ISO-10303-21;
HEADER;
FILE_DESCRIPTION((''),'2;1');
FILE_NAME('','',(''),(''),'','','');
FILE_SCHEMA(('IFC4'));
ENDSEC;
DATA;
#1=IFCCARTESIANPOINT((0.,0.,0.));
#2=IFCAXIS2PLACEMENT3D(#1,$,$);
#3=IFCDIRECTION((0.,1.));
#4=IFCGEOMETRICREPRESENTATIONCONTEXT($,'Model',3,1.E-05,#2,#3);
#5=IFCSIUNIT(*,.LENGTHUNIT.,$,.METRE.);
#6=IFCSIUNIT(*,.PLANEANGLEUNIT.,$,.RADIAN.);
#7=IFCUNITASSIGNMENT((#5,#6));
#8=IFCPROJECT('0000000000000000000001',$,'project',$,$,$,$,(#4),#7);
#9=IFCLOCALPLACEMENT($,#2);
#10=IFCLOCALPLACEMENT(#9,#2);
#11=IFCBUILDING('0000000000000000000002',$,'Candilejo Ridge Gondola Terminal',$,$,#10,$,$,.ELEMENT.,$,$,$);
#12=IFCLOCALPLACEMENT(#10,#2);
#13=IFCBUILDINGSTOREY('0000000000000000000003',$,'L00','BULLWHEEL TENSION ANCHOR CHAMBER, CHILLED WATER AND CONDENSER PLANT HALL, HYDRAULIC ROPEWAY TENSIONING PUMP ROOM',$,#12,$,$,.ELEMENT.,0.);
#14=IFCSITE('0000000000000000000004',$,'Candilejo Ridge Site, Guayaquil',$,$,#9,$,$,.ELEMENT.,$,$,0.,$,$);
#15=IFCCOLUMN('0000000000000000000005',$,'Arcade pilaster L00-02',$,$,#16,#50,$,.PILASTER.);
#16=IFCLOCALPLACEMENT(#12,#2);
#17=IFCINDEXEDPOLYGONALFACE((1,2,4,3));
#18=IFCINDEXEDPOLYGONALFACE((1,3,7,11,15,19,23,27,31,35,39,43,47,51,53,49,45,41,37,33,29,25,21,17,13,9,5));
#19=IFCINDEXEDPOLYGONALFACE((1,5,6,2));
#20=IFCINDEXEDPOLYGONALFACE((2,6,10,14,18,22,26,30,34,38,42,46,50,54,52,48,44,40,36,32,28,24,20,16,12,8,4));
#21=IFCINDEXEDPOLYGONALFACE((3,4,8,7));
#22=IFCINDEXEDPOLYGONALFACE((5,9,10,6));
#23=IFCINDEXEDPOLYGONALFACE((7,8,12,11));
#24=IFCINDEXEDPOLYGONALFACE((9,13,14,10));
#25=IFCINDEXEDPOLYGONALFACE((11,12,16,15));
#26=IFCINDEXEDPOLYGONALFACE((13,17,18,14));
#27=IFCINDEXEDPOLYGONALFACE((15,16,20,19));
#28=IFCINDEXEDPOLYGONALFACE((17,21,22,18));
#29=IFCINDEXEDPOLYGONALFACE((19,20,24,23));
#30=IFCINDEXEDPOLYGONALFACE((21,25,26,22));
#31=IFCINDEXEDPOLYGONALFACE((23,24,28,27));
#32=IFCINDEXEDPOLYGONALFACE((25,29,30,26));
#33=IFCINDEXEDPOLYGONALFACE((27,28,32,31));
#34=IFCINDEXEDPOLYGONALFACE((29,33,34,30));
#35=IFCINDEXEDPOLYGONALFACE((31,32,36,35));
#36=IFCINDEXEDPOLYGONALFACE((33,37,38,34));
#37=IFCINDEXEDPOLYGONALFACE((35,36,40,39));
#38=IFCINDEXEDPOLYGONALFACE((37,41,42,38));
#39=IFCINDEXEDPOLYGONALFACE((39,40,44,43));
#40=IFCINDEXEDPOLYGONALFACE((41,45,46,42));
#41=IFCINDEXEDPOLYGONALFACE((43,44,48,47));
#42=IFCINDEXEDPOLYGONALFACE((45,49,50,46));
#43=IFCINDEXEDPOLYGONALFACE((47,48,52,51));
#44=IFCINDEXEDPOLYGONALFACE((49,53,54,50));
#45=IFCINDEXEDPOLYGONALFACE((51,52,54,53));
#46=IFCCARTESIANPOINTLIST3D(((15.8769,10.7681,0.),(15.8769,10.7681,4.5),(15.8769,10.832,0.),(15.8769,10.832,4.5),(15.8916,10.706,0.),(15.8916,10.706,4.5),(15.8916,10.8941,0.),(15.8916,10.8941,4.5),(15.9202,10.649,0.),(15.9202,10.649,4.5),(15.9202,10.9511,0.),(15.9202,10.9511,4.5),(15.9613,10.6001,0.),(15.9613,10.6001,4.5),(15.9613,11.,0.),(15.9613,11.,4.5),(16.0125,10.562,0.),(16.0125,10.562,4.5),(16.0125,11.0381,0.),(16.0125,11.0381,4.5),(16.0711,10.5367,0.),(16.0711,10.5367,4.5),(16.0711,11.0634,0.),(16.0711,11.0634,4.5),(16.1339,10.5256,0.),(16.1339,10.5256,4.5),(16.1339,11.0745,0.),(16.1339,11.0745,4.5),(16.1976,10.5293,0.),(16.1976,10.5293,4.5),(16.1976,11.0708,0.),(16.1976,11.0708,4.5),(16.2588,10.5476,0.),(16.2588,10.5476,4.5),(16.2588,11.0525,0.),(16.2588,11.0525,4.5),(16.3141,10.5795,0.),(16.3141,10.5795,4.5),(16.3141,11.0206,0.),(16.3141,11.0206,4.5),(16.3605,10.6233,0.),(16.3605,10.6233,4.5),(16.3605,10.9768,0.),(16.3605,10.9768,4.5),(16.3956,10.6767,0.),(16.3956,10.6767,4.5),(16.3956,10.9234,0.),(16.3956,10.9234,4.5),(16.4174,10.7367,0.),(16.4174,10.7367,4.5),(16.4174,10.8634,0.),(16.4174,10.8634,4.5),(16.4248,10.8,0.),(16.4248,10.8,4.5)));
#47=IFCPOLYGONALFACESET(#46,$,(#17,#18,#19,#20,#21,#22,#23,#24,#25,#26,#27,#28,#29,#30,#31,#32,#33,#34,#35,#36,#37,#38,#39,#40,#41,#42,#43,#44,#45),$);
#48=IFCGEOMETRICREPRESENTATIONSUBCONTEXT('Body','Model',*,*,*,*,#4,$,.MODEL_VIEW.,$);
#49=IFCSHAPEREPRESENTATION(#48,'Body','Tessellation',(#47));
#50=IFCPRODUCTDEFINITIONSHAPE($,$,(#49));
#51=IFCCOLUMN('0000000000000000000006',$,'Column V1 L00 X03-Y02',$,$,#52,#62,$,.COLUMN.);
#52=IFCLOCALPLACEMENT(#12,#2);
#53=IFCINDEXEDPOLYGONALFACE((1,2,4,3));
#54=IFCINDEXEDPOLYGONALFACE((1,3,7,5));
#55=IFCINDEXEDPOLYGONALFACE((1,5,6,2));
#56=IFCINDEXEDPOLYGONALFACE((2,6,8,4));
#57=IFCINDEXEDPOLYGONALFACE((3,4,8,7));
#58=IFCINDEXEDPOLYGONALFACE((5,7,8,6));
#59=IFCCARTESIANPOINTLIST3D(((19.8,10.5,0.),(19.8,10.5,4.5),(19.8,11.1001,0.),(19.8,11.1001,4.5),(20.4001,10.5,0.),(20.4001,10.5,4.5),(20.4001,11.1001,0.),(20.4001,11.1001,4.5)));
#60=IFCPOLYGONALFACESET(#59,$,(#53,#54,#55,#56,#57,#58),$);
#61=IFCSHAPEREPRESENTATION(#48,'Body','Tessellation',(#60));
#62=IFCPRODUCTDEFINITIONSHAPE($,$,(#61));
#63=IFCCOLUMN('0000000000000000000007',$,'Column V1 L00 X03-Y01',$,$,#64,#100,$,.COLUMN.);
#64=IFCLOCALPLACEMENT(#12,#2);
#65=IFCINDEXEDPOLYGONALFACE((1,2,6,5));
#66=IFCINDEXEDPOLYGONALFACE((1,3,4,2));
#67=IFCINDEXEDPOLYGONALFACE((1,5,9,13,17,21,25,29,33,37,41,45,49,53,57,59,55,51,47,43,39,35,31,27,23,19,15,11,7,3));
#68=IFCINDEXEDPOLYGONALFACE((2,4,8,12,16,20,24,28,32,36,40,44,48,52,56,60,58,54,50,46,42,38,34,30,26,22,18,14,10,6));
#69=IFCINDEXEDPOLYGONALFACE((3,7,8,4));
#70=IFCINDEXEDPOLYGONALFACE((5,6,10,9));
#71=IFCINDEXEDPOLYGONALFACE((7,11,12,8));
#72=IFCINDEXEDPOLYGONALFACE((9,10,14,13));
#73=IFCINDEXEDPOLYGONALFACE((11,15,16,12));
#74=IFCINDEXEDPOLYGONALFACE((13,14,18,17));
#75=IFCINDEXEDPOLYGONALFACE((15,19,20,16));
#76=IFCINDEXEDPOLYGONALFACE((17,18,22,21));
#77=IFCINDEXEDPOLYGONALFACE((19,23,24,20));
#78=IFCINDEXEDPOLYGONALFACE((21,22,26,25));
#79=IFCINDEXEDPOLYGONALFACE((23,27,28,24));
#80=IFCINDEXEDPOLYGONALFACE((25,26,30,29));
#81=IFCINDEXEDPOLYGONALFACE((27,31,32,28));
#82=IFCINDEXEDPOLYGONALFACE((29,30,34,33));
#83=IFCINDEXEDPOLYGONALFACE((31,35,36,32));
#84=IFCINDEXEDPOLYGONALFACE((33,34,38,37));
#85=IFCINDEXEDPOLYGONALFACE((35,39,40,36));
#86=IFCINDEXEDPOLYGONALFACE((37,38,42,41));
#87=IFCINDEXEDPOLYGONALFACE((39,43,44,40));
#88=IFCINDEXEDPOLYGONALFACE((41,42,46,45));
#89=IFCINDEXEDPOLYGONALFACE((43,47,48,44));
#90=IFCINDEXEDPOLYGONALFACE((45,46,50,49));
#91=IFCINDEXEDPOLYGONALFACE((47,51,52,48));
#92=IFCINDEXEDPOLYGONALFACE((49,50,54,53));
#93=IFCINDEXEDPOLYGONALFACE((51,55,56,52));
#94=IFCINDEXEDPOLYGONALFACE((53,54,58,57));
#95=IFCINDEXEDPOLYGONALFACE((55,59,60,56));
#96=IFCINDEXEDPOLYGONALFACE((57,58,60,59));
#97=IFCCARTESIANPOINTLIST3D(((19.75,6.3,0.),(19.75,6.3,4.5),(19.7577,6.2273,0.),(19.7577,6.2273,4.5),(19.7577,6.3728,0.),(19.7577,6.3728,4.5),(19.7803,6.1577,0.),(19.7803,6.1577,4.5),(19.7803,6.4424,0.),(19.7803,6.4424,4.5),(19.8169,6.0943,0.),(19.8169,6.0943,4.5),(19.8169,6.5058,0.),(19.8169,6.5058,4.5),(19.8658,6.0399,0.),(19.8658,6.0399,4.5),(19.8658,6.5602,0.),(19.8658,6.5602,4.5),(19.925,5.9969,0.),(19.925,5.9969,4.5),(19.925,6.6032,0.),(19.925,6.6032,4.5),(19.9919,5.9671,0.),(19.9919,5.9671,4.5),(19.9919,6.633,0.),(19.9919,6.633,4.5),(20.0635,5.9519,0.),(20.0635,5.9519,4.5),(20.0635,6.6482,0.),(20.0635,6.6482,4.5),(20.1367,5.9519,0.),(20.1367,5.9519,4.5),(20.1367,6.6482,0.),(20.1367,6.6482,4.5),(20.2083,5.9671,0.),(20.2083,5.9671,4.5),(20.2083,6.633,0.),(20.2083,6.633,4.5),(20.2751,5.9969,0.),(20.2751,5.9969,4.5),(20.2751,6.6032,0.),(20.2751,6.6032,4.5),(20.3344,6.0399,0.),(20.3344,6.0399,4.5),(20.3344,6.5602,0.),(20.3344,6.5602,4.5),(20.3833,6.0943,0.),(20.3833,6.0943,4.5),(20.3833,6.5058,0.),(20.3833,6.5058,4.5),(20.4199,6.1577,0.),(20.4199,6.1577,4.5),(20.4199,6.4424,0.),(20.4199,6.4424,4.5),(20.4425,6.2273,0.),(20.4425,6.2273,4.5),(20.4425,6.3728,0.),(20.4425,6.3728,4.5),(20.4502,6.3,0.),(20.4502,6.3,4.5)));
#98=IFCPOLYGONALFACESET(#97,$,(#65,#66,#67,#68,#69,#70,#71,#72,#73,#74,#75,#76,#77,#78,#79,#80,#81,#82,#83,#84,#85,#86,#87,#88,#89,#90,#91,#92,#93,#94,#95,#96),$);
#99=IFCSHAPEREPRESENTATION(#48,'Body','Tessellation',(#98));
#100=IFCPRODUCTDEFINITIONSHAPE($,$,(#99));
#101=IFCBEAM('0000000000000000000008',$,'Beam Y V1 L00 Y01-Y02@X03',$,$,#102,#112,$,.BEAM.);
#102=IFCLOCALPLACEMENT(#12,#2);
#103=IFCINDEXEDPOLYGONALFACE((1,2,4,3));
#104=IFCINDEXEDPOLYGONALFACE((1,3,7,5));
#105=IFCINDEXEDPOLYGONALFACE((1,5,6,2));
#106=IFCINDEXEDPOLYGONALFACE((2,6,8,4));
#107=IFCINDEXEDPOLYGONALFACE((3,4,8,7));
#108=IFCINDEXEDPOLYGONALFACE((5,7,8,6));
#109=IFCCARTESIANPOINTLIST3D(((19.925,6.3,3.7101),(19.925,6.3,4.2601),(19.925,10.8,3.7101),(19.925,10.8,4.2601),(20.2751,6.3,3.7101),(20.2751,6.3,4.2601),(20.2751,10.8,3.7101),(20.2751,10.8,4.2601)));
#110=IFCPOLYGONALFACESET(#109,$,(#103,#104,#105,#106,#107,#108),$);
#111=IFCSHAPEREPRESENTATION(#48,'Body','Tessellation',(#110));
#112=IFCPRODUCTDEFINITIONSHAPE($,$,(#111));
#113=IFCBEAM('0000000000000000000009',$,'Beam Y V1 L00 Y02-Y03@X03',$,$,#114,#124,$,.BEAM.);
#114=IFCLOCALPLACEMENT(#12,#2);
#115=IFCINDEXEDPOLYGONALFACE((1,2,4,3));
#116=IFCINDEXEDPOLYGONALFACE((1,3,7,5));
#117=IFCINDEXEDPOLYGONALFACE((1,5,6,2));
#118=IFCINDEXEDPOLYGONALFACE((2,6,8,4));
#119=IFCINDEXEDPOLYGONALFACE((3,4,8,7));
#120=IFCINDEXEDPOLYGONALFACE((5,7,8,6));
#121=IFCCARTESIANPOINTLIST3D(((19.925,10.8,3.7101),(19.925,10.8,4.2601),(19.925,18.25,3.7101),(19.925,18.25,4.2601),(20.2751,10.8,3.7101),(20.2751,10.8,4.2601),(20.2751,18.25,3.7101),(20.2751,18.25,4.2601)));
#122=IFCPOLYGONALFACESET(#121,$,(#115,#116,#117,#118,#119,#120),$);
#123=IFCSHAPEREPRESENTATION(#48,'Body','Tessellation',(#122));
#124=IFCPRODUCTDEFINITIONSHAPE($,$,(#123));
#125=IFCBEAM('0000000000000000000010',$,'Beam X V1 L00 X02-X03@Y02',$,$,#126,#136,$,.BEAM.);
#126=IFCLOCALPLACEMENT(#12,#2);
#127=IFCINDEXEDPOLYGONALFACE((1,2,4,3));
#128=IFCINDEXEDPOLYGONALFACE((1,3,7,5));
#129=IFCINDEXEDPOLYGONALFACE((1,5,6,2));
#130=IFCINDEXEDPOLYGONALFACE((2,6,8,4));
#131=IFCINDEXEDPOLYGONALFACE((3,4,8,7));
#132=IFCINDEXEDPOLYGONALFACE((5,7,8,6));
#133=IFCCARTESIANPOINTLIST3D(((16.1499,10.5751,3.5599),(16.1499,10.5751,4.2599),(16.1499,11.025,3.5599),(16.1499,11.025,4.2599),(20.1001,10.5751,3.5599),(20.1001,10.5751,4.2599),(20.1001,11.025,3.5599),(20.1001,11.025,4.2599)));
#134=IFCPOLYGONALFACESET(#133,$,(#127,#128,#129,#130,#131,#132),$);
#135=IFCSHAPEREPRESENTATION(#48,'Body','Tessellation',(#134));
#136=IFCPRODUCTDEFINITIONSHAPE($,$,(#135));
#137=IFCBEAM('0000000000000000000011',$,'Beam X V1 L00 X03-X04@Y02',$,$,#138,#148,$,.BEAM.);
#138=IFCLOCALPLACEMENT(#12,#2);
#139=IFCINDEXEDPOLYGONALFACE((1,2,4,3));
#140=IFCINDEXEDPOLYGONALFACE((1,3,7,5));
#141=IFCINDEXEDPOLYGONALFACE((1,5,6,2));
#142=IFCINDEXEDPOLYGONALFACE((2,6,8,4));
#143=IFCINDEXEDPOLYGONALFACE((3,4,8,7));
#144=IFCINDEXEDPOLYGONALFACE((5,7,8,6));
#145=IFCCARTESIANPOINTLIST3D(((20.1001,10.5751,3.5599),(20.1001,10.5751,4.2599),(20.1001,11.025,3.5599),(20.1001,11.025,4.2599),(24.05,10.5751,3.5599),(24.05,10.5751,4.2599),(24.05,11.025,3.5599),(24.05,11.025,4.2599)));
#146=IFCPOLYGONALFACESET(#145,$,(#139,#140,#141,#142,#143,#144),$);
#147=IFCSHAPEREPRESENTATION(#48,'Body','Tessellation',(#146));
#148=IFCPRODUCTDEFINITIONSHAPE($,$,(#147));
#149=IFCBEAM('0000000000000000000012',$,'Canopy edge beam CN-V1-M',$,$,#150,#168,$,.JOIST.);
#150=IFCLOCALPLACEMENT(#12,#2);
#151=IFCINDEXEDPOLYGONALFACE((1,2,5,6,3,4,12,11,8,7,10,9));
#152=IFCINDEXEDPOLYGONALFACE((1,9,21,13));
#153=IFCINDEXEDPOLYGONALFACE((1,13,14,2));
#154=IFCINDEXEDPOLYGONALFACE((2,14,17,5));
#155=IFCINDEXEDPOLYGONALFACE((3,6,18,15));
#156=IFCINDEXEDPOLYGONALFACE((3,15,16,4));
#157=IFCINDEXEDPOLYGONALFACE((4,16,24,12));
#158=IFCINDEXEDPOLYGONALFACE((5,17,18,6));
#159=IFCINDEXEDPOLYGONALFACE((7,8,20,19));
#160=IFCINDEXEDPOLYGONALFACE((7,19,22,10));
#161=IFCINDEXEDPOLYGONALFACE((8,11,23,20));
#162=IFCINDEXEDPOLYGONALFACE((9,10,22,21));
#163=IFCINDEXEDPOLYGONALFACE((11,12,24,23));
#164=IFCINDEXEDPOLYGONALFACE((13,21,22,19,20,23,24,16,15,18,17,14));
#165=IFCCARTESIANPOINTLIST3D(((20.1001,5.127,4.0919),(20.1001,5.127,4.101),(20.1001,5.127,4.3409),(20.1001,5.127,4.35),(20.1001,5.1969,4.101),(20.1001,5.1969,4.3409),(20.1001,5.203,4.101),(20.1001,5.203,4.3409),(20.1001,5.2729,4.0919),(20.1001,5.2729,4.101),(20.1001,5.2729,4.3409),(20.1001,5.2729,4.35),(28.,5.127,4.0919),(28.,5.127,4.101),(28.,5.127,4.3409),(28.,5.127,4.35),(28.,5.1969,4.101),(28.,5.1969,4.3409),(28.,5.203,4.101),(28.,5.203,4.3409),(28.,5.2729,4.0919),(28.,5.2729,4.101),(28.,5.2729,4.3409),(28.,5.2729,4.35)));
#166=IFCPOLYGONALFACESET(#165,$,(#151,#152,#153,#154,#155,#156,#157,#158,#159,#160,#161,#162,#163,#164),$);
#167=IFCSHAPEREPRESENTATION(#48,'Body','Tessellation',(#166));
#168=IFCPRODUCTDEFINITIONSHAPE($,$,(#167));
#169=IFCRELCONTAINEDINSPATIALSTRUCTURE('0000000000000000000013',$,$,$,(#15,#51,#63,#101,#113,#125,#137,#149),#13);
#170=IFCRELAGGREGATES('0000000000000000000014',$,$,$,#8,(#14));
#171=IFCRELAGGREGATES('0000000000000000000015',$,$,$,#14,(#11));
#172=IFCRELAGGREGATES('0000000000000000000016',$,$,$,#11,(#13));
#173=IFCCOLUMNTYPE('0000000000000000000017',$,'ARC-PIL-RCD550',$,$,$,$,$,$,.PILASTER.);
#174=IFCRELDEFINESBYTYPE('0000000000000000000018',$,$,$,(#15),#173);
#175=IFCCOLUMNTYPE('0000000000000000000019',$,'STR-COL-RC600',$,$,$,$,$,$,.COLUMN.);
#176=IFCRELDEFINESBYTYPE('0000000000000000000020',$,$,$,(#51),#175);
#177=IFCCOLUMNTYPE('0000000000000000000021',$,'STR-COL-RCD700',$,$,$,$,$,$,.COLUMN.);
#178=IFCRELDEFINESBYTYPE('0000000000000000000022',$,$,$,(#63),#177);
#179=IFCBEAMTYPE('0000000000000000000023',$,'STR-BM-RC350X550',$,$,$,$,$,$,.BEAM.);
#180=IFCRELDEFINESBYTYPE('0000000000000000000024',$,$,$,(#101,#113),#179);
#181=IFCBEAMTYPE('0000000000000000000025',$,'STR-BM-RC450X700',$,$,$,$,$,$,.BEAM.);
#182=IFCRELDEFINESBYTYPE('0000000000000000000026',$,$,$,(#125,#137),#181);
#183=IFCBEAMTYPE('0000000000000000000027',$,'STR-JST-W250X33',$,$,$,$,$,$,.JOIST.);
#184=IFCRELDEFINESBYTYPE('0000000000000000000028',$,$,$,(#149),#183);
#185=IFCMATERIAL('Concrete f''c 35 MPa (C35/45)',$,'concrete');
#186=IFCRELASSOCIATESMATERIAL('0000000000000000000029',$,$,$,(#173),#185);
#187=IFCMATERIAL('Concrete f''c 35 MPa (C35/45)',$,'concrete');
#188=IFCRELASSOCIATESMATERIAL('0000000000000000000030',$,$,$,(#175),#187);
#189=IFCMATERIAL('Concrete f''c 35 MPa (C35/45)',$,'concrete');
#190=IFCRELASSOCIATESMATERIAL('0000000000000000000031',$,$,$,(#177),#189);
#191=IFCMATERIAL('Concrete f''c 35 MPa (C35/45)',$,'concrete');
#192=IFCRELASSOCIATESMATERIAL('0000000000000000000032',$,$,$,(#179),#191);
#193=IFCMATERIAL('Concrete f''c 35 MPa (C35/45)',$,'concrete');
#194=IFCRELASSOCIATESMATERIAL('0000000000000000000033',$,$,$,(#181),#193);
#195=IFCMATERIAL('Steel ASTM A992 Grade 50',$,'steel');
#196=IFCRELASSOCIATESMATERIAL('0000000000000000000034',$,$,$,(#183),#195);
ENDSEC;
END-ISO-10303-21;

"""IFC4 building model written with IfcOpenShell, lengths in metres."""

from ifc_helpers import new_model, si_unit, direction, frame, origin, origin_2d, place, context, subcontext, project, spatial, rectangle, circle, i_section, extrude, material, material_profile, profile_set, type_object, element, save


model = new_model("IFC4")

# Units and contexts
model_context = context("Model", 3, precision=1e-05, world=origin(), true_north=direction((0.0, 1.0)))
body_context = subcontext(model_context, "Body", "Model", "MODEL_VIEW")
ifc_project = project(units=[si_unit("LENGTHUNIT", "METRE"), si_unit("PLANEANGLEUNIT", "RADIAN")], contexts=[model_context])

# Site, building, storey
site_placement = place(None, origin())
site = spatial("IfcSite", under=ifc_project, at=site_placement, Name="Candilejo Ridge Site, Guayaquil", CompositionType="ELEMENT", RefElevation=0.0)
building_placement = place(site_placement, origin())
building = spatial("IfcBuilding", under=site, at=building_placement, Name="Candilejo Ridge Gondola Terminal", CompositionType="ELEMENT")
storey_placement = place(building_placement, origin())
storey = spatial("IfcBuildingStorey", under=building, at=storey_placement, Name="L00", Description="BULLWHEEL TENSION ANCHOR CHAMBER, CHILLED WATER AND CONDENSER PLANT HALL, HYDRAULIC ROPEWAY TENSIONING PUMP ROOM", CompositionType="ELEMENT", Elevation=0.0)

# Columns
ifc_material_1 = material(Name="Concrete f'c 35 MPa (C35/45)", Category="concrete")
ifc_material_profile_1 = material_profile(ifc_material_1, circle(Radius=0.2749, at=origin_2d()))
ifc_profile_set_1 = profile_set([ifc_material_profile_1], Name="Concrete f'c 35 MPa (C35/45)")
column_type_1 = type_object("IfcColumnType", Name="ARC-PIL-RCD550", PredefinedType="PILASTER", material=ifc_profile_set_1)
column_1_placement = place(storey_placement, frame((16.1499, 10.8, 0.0), z_axis=(0.0, 0.0, 1.0), x_axis=(1.0, 0.0, 0.0)))
element("IfcColumn", 1, at=column_1_placement, inside=storey, type_object=column_type_1, Name="Arcade pilaster L00-02", PredefinedType="PILASTER", context=body_context, shape_type="SweptSolid", body=[
    extrude(circle(Radius=0.2749, at=origin_2d()), origin(), (0.0, 0.0, 1.0), 4.5),
])
ifc_material_2 = material(Name="Concrete f'c 35 MPa (C35/45)", Category="concrete")
ifc_material_profile_2 = material_profile(ifc_material_2, rectangle(XDim=0.6001, YDim=0.6001, at=origin_2d()))
ifc_profile_set_2 = profile_set([ifc_material_profile_2], Name="Concrete f'c 35 MPa (C35/45)")
column_type_2 = type_object("IfcColumnType", Name="STR-COL-RC600", PredefinedType="COLUMN", material=ifc_profile_set_2)
column_2_placement = place(storey_placement, frame((20.1001, 10.8, 0.0), z_axis=(0.0, 0.0, 1.0), x_axis=(1.0, 0.0, 0.0)))
element("IfcColumn", 2, at=column_2_placement, inside=storey, type_object=column_type_2, Name="Column V1 L00 X03-Y02", PredefinedType="COLUMN", context=body_context, shape_type="SweptSolid", body=[
    extrude(rectangle(XDim=0.6001, YDim=0.6001, at=origin_2d()), origin(), (0.0, 0.0, 1.0), 4.5),
])
ifc_material_3 = material(Name="Concrete f'c 35 MPa (C35/45)", Category="concrete")
ifc_material_profile_3 = material_profile(ifc_material_3, circle(Radius=0.3501, at=origin_2d()))
ifc_profile_set_3 = profile_set([ifc_material_profile_3], Name="Concrete f'c 35 MPa (C35/45)")
column_type_3 = type_object("IfcColumnType", Name="STR-COL-RCD700", PredefinedType="COLUMN", material=ifc_profile_set_3)
column_3_placement = place(storey_placement, frame((20.1001, 6.3, 0.0), z_axis=(0.0, 0.0, 1.0), x_axis=(1.0, 0.0, 0.0)))
element("IfcColumn", 3, at=column_3_placement, inside=storey, type_object=column_type_3, Name="Column V1 L00 X03-Y01", PredefinedType="COLUMN", context=body_context, shape_type="SweptSolid", body=[
    extrude(circle(Radius=0.3501, at=origin_2d()), origin(), (0.0, 0.0, 1.0), 4.5),
])

# Beams
ifc_material_4 = material(Name="Concrete f'c 35 MPa (C35/45)", Category="concrete")
ifc_material_profile_4 = material_profile(ifc_material_4, rectangle(XDim=0.3501, YDim=0.55, at=origin_2d()))
ifc_profile_set_4 = profile_set([ifc_material_profile_4], Name="Concrete f'c 35 MPa (C35/45)")
beam_type_1 = type_object("IfcBeamType", Name="STR-BM-RC350X550", PredefinedType="BEAM", material=ifc_profile_set_4)
beam_1_placement = place(storey_placement, frame((20.1001, 6.3, 3.9851), z_axis=(0.0, 1.0, 0.0), x_axis=(-1.0, 0.0, 0.0)))
element("IfcBeam", 4, at=beam_1_placement, inside=storey, type_object=beam_type_1, Name="Beam Y V1 L00 Y01-Y02@X03", PredefinedType="BEAM", context=body_context, shape_type="SweptSolid", body=[
    extrude(rectangle(XDim=0.3501, YDim=0.55, at=origin_2d()), origin(), (0.0, 0.0, 1.0), 4.5),
])
beam_2_placement = place(storey_placement, frame((20.1001, 10.8, 3.9851), z_axis=(0.0, 1.0, 0.0), x_axis=(-1.0, 0.0, 0.0)))
element("IfcBeam", 5, at=beam_2_placement, inside=storey, type_object=beam_type_1, Name="Beam Y V1 L00 Y02-Y03@X03", PredefinedType="BEAM", context=body_context, shape_type="SweptSolid", body=[
    extrude(rectangle(XDim=0.3501, YDim=0.55, at=origin_2d()), origin(), (0.0, 0.0, 1.0), 7.45),
])
ifc_material_5 = material(Name="Concrete f'c 35 MPa (C35/45)", Category="concrete")
ifc_material_profile_5 = material_profile(ifc_material_5, rectangle(XDim=0.45, YDim=0.7, at=origin_2d()))
ifc_profile_set_5 = profile_set([ifc_material_profile_5], Name="Concrete f'c 35 MPa (C35/45)")
beam_type_2 = type_object("IfcBeamType", Name="STR-BM-RC450X700", PredefinedType="BEAM", material=ifc_profile_set_5)
beam_3_placement = place(storey_placement, frame((16.1499, 10.8, 3.9099), z_axis=(1.0, 0.0, 0.0), x_axis=(0.0, 1.0, 0.0)))
element("IfcBeam", 6, at=beam_3_placement, inside=storey, type_object=beam_type_2, Name="Beam X V1 L00 X02-X03@Y02", PredefinedType="BEAM", context=body_context, shape_type="SweptSolid", body=[
    extrude(rectangle(XDim=0.45, YDim=0.7, at=origin_2d()), origin(), (0.0, 0.0, 1.0), 3.9502),
])
beam_4_placement = place(storey_placement, frame((20.1001, 10.8, 3.9099), z_axis=(1.0, 0.0, 0.0), x_axis=(0.0, 1.0, 0.0)))
element("IfcBeam", 7, at=beam_4_placement, inside=storey, type_object=beam_type_2, Name="Beam X V1 L00 X03-X04@Y02", PredefinedType="BEAM", context=body_context, shape_type="SweptSolid", body=[
    extrude(rectangle(XDim=0.45, YDim=0.7, at=origin_2d()), origin(), (0.0, 0.0, 1.0), 3.95),
])
ifc_material_6 = material(Name="Steel ASTM A992 Grade 50", Category="steel")
ifc_material_profile_6 = material_profile(ifc_material_6, i_section(OverallWidth=0.146, OverallDepth=0.2581, WebThickness=0.0061, FlangeThickness=0.009, at=origin_2d()))
ifc_profile_set_6 = profile_set([ifc_material_profile_6], Name="Steel ASTM A992 Grade 50")
beam_type_3 = type_object("IfcBeamType", Name="STR-JST-W250X33", PredefinedType="JOIST", material=ifc_profile_set_6)
beam_5_placement = place(storey_placement, frame((20.1001, 5.2, 4.2209), z_axis=(1.0, 0.0, 0.0), x_axis=(0.0, 1.0, 0.0)))
element("IfcBeam", 8, at=beam_5_placement, inside=storey, type_object=beam_type_3, Name="Canopy edge beam CN-V1-M", PredefinedType="JOIST", context=body_context, shape_type="SweptSolid", body=[
    extrude(i_section(OverallWidth=0.146, OverallDepth=0.2581, WebThickness=0.0061, FlangeThickness=0.009, at=origin_2d()), origin(), (0.0, 0.0, 1.0), 7.8999),
])

save(model, "model.ifc")
